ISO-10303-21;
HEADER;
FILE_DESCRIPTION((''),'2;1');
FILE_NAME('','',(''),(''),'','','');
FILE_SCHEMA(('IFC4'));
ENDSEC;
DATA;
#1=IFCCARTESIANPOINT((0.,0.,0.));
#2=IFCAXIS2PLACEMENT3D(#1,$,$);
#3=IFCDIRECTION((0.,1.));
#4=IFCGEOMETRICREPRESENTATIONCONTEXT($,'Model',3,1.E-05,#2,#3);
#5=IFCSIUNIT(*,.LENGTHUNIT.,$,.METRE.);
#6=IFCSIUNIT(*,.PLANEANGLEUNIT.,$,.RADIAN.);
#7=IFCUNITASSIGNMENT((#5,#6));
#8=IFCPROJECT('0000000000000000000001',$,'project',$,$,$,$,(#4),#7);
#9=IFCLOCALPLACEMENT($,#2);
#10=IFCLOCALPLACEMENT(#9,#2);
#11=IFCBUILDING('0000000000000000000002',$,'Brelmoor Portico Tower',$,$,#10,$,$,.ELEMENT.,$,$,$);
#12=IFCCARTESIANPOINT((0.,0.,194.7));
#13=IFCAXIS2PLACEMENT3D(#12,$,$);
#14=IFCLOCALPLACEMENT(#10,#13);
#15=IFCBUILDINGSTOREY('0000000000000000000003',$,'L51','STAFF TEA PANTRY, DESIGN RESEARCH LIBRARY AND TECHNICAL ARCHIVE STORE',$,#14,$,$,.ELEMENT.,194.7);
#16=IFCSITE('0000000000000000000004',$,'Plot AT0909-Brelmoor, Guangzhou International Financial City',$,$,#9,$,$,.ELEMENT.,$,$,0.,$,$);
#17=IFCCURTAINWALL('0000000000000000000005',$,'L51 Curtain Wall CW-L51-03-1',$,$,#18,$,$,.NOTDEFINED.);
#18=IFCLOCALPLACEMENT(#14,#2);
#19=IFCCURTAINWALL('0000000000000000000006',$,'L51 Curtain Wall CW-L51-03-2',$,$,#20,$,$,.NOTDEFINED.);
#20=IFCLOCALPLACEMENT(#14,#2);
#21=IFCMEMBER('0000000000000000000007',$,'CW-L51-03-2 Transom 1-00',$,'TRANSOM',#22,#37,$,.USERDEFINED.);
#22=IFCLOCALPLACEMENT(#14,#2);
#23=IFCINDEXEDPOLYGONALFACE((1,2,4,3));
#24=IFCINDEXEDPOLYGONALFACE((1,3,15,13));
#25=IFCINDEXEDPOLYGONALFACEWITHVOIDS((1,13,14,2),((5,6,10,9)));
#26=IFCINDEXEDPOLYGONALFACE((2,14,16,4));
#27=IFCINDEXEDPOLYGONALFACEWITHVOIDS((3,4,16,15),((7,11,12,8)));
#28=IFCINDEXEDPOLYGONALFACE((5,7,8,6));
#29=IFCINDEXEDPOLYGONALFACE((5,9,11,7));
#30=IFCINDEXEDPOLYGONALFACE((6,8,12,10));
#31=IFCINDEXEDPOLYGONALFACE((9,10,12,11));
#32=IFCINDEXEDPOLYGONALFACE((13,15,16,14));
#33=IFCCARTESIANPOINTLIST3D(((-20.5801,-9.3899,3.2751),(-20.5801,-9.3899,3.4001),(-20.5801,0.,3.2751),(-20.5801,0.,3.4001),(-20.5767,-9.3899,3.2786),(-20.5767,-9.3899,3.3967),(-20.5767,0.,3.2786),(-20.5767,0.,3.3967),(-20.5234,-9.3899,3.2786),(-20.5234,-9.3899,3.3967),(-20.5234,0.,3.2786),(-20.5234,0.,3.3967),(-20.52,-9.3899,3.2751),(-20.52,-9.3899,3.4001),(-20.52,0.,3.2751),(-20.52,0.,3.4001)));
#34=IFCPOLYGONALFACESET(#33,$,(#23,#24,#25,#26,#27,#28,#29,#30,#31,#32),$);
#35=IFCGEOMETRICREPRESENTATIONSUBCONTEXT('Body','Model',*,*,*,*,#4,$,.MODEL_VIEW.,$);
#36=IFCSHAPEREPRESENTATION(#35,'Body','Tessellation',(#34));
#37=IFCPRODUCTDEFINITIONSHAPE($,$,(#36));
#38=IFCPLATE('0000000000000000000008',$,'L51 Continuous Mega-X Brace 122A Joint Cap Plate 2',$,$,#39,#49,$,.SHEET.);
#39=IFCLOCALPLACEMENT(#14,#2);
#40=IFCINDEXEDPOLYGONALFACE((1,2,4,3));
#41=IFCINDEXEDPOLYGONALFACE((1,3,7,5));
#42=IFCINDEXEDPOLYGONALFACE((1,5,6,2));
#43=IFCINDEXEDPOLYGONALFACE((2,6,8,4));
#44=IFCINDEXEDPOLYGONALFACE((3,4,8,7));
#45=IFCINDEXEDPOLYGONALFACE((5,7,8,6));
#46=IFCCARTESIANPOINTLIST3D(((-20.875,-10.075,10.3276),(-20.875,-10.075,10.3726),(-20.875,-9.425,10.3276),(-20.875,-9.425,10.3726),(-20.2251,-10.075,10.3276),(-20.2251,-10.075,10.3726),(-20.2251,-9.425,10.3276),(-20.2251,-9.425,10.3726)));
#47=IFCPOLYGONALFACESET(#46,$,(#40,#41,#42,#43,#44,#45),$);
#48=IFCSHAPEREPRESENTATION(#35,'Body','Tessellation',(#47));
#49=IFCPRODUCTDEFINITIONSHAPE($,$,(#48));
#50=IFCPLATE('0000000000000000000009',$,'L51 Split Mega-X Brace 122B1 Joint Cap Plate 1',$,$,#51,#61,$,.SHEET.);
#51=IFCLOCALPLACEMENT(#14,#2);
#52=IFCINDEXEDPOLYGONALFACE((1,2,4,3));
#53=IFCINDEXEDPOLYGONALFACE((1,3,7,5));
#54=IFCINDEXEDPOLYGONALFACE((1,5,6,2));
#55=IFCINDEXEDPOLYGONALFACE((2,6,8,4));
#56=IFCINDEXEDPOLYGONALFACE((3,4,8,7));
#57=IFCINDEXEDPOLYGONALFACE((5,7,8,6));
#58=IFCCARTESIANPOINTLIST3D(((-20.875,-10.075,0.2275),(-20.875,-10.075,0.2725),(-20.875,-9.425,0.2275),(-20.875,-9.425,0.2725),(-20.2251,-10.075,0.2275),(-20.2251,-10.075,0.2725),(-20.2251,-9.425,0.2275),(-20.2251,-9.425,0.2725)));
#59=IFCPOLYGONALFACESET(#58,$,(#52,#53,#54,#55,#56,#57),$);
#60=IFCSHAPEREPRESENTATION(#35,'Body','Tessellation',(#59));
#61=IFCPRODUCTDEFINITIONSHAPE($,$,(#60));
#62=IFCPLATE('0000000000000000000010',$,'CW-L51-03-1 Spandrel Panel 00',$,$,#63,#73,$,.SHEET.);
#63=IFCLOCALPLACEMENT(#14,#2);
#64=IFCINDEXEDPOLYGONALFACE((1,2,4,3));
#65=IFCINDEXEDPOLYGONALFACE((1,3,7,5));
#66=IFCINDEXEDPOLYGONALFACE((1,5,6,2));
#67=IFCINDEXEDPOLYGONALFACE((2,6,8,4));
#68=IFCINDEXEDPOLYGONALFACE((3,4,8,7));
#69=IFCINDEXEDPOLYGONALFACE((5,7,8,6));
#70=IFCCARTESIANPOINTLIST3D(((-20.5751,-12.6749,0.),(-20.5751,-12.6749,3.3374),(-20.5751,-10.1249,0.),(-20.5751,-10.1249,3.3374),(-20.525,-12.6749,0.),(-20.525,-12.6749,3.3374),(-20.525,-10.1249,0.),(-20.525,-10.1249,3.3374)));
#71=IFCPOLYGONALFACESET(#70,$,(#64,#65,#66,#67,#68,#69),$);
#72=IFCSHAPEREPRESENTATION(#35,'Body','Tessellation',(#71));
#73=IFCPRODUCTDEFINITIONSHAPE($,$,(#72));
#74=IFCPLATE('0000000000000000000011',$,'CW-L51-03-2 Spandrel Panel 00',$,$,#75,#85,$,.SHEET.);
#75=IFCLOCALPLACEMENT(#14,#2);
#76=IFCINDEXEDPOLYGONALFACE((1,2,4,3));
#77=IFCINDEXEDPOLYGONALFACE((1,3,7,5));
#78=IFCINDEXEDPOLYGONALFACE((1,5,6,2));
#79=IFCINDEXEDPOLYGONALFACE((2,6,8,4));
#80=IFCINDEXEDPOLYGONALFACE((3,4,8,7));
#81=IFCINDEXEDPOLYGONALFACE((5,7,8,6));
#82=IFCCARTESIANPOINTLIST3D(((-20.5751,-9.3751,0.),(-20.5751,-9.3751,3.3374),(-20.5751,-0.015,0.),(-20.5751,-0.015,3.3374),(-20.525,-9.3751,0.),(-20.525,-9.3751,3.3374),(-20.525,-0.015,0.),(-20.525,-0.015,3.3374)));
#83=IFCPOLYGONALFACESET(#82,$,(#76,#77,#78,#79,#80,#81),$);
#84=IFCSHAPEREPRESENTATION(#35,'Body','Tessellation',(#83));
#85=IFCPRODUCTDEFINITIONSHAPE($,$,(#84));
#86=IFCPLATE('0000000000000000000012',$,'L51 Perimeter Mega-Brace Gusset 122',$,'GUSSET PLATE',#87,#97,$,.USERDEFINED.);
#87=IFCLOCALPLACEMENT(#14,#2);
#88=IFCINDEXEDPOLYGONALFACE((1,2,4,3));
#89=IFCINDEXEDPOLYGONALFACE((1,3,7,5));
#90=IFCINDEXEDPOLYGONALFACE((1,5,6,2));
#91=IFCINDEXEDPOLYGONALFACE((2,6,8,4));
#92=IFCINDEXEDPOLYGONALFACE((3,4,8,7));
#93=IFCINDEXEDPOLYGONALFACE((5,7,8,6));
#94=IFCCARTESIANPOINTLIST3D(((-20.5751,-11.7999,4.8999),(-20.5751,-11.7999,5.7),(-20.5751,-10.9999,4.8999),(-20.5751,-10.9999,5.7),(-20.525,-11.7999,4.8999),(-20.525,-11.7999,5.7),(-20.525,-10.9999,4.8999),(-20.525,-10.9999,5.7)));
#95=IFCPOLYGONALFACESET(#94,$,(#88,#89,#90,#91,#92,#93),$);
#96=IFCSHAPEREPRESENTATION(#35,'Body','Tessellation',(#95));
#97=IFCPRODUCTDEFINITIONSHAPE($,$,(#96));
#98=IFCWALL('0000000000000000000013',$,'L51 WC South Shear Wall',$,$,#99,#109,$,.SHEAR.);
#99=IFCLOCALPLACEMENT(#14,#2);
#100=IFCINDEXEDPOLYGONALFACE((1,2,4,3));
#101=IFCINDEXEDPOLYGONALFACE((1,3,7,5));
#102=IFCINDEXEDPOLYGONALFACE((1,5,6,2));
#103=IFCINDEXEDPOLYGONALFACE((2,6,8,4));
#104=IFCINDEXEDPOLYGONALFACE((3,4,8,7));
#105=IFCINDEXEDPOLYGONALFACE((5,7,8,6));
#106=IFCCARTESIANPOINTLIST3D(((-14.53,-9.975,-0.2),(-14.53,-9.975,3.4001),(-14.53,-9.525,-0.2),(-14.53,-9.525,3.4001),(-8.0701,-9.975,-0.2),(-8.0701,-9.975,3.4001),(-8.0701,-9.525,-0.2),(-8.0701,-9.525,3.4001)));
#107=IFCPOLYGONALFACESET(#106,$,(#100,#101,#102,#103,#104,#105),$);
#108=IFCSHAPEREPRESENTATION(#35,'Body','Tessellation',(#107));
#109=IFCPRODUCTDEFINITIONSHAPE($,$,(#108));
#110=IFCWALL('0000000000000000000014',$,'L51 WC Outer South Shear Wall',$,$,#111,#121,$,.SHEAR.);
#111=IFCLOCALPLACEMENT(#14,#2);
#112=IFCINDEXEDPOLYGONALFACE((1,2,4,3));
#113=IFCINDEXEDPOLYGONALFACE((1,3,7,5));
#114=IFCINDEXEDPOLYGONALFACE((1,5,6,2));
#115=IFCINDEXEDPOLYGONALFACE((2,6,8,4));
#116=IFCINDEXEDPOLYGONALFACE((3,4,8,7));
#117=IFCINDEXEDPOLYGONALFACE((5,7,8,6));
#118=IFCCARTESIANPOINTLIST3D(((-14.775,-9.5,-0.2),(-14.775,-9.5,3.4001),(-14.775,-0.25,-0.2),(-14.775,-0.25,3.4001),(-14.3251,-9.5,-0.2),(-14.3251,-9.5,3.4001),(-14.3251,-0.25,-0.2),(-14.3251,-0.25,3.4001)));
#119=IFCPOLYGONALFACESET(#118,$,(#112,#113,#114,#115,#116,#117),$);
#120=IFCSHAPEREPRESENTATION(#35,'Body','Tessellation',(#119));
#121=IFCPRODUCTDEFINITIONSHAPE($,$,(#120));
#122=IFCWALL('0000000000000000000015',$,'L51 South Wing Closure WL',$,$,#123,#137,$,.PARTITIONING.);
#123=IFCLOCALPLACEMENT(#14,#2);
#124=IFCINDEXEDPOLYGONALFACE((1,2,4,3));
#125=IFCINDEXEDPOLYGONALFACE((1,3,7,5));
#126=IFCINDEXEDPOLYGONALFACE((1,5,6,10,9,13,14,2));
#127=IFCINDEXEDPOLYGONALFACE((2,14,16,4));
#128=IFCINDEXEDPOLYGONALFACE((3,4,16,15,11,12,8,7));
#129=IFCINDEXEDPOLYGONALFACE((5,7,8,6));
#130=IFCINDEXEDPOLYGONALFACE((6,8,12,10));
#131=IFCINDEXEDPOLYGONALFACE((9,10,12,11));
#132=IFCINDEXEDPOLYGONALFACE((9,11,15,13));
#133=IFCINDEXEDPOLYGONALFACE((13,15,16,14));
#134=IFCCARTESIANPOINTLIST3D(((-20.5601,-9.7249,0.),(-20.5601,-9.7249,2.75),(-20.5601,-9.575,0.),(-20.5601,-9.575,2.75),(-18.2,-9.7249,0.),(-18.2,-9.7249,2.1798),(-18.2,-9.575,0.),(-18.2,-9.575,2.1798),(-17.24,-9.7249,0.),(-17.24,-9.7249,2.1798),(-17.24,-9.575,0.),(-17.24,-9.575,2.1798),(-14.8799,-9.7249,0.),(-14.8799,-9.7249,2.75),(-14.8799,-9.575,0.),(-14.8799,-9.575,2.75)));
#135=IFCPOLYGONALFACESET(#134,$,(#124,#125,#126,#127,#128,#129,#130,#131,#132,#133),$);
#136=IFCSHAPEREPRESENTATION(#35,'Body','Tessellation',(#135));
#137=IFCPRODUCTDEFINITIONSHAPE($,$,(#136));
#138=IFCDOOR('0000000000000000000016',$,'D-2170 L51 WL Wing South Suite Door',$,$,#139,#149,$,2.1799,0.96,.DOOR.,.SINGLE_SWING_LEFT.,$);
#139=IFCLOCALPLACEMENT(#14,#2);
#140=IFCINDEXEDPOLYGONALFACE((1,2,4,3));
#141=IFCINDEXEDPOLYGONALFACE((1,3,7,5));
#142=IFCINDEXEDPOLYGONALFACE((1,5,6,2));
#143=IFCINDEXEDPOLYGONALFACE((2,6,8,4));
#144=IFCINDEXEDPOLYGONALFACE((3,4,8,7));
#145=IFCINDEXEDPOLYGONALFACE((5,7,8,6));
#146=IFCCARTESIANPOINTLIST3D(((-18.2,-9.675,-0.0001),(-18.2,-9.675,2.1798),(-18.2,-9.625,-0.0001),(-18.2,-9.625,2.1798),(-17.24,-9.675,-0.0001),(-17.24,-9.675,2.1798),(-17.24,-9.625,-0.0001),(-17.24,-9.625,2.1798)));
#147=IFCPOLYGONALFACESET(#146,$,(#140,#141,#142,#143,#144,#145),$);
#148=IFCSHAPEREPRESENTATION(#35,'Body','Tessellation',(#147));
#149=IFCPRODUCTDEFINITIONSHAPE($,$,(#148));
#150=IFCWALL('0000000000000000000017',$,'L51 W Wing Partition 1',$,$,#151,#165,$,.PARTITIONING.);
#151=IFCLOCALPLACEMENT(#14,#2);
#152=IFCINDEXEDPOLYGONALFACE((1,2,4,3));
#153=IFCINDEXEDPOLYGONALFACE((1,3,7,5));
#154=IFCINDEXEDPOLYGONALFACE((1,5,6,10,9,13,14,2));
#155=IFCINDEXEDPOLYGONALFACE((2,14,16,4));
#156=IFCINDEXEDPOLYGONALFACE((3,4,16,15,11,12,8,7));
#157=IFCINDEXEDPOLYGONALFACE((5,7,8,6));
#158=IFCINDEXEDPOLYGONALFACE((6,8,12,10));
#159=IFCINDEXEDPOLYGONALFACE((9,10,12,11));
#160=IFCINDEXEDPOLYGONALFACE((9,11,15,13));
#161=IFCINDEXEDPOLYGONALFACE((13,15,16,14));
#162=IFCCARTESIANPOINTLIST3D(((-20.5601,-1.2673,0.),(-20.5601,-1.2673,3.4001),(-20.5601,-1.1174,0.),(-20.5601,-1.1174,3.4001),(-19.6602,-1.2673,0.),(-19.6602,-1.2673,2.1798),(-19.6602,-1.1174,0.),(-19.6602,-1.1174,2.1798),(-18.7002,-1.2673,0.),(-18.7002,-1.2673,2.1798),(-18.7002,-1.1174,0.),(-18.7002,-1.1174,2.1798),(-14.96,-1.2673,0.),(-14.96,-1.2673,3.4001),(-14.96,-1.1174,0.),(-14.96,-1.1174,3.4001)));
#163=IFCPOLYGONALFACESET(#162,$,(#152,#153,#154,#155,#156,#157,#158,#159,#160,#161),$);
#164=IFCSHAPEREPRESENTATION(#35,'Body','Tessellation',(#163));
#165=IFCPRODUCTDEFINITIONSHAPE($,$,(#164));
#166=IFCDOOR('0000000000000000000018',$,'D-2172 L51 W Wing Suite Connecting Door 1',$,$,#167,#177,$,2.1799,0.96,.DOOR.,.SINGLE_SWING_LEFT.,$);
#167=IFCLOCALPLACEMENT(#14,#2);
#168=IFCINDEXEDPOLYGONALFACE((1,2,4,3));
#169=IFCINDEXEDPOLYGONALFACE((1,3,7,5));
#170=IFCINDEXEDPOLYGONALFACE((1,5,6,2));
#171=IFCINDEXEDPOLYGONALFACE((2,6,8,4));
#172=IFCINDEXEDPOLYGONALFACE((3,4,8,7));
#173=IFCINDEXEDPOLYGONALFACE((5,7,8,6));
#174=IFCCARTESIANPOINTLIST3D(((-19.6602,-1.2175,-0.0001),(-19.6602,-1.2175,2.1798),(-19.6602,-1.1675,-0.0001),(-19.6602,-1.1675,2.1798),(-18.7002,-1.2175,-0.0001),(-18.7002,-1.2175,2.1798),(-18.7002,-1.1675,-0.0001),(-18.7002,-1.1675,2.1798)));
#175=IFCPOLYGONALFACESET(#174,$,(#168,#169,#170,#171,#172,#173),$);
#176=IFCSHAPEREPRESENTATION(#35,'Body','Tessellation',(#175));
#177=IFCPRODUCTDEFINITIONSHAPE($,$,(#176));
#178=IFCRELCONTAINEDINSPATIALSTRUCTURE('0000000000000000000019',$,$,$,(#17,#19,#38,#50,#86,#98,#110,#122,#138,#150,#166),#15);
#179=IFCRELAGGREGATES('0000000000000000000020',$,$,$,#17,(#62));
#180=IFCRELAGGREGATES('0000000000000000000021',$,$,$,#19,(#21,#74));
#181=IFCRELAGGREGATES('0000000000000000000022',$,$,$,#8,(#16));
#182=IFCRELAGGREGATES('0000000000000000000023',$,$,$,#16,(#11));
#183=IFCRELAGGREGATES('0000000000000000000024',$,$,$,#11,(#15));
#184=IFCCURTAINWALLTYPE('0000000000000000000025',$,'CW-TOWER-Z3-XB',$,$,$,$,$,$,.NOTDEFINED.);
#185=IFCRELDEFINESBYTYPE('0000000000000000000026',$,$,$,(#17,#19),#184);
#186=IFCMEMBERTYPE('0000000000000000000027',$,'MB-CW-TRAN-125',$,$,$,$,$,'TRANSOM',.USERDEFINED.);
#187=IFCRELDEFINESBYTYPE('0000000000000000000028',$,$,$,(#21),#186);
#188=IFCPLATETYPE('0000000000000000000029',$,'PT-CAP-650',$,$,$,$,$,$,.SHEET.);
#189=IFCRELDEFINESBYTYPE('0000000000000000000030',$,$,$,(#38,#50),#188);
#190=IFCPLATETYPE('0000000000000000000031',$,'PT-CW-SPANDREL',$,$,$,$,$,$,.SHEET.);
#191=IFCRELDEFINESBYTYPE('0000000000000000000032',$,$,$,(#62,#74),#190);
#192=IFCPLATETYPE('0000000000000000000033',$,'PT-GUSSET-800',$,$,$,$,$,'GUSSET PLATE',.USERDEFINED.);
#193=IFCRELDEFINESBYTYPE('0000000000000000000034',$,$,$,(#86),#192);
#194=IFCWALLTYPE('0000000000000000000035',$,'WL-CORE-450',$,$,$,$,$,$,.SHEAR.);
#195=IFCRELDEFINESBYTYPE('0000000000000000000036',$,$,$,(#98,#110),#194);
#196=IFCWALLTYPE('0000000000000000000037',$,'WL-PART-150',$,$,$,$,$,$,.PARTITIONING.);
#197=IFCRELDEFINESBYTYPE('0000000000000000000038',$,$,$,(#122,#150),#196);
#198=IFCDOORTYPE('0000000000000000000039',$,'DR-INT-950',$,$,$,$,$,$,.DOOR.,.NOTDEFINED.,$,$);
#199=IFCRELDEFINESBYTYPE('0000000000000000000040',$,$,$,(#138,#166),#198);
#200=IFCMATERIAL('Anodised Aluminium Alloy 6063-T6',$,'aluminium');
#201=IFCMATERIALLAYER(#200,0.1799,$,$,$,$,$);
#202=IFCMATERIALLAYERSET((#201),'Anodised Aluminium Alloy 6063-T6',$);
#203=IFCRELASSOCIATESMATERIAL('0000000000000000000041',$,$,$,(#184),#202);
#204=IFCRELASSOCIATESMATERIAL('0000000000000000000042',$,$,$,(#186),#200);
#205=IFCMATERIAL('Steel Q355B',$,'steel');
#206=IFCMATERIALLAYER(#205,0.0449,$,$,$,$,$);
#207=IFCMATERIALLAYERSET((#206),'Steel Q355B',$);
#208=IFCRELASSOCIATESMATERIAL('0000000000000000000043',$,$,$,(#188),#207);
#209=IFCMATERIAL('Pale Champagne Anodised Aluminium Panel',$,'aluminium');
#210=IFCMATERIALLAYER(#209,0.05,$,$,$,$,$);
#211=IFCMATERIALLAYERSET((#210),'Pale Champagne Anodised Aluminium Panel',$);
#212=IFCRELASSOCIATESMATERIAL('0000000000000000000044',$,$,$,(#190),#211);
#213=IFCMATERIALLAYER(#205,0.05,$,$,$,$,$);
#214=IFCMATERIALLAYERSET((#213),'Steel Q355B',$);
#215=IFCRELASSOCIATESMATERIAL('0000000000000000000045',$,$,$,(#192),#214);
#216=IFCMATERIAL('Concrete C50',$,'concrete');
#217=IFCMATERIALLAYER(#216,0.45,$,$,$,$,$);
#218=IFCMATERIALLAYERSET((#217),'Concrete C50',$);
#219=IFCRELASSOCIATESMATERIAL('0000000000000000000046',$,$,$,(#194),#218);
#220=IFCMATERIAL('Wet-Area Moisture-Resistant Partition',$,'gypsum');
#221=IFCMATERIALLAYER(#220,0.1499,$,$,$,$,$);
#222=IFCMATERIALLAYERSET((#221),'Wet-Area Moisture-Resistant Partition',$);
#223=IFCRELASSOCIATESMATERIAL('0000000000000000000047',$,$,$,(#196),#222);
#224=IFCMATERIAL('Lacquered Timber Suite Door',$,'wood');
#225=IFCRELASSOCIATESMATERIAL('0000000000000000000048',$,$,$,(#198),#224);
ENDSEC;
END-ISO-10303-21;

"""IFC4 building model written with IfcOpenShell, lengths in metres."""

from ifc_helpers import new_model, si_unit, direction, frame, frame_2d, origin, origin_2d, place, context, subcontext, project, spatial, rectangle, hollow_rectangle, extrude, material, layer, layer_set, material_profile, profile_set, type_object, element, fill, aggregate, save


model = new_model("IFC4")

# Units and contexts
model_context = context("Model", 3, precision=1e-05, world=origin(), true_north=direction((0.0, 1.0)))
body_context = subcontext(model_context, "Body", "Model", "MODEL_VIEW")
ifc_project = project(units=[si_unit("LENGTHUNIT", "METRE"), si_unit("PLANEANGLEUNIT", "RADIAN")], contexts=[model_context])

# Site, building, storey
site_placement = place(None, origin())
site = spatial("IfcSite", under=ifc_project, at=site_placement, Name="Plot AT0909-Brelmoor, Guangzhou International Financial City", CompositionType="ELEMENT", RefElevation=0.0)
building_placement = place(site_placement, origin())
building = spatial("IfcBuilding", under=site, at=building_placement, Name="Brelmoor Portico Tower", CompositionType="ELEMENT")
storey_placement = place(building_placement, frame((0.0, 0.0, 194.7)))
storey = spatial("IfcBuildingStorey", under=building, at=storey_placement, Name="L51", Description="STAFF TEA PANTRY, DESIGN RESEARCH LIBRARY AND TECHNICAL ARCHIVE STORE", CompositionType="ELEMENT", Elevation=194.7)

# Shared definitions
ifc_material_1 = material(Name="Steel Q355B", Category="steel")

# Curtain wall
ifc_material_2 = material(Name="Anodised Aluminium Alloy 6063-T6", Category="aluminium")
ifc_layer_1 = layer(ifc_material_2, 0.1799)
ifc_layer_set_1 = layer_set([ifc_layer_1], Name="Anodised Aluminium Alloy 6063-T6")
curtain_wall_type = type_object("IfcCurtainWallType", Name="CW-TOWER-Z3-XB", PredefinedType="NOTDEFINED", material=ifc_layer_set_1)
curtain_wall_1_placement = place(storey_placement, origin())
curtain_wall_1 = element("IfcCurtainWall", 1, at=curtain_wall_1_placement, inside=storey, type_object=curtain_wall_type, Name="L51 Curtain Wall CW-L51-03-1", PredefinedType="NOTDEFINED")

# Curtain wall, member
curtain_wall_2_placement = place(storey_placement, origin())
curtain_wall_2 = element("IfcCurtainWall", 2, at=curtain_wall_2_placement, inside=storey, type_object=curtain_wall_type, Name="L51 Curtain Wall CW-L51-03-2", PredefinedType="NOTDEFINED")
ifc_material_profile_1 = material_profile(ifc_material_2, hollow_rectangle(XDim=0.0601, YDim=0.125, WallThickness=0.0034, at=origin_2d()), Name="ALU TRANSOM 60x125")
ifc_profile_set_1 = profile_set([ifc_material_profile_1], Name="Anodised Aluminium Alloy 6063-T6")
member_type_1 = type_object("IfcMemberType", Name="MB-CW-TRAN-125", ElementType="TRANSOM", PredefinedType="USERDEFINED", material=ifc_profile_set_1)
member_1_placement = place(storey_placement, frame((-20.55, -9.3899, 3.3376), z_axis=(0.0, 1.0, 0.0), x_axis=(-1.0, 0.0, 0.0)))
member_1 = element("IfcMember", 3, at=member_1_placement, type_object=member_type_1, Name="CW-L51-03-2 Transom 1-00", ObjectType="TRANSOM", PredefinedType="USERDEFINED", context=body_context, shape_type="SweptSolid", body=[
    extrude(hollow_rectangle(XDim=0.0601, YDim=0.125, WallThickness=0.0034, at=origin_2d()), origin(), (0.0, 0.0, 1.0), 9.3899),
])

# Plates
ifc_layer_2 = layer(ifc_material_1, 0.0449)
ifc_layer_set_2 = layer_set([ifc_layer_2], Name="Steel Q355B")
plate_type_1 = type_object("IfcPlateType", Name="PT-CAP-650", PredefinedType="SHEET", material=ifc_layer_set_2)
for number, where, z_axis, x_axis, name in (
    (4, (-20.55, -9.75, 10.3276), (0.0, 0.0, 1.0), (1.0, 0.0, 0.0), "L51 Continuous Mega-X Brace 122A Joint Cap Plate 2"),
    (5, (-20.55, -9.75, 0.2275), (0.0, 0.0, 1.0), (1.0, 0.0, 0.0), "L51 Split Mega-X Brace 122B1 Joint Cap Plate 1"),
):
    element("IfcPlate", number, at=place(storey_placement, frame(where, z_axis=z_axis, x_axis=x_axis)), inside=storey, type_object=plate_type_1, Name=name, PredefinedType="SHEET", context=body_context, shape_type="SweptSolid", body=[
        extrude(rectangle(XDim=0.6499, YDim=0.6499, at=origin_2d()), origin(), (0.0, 0.0, 1.0), 0.0449),
    ])

# Plates
ifc_material_3 = material(Name="Pale Champagne Anodised Aluminium Panel", Category="aluminium")
ifc_layer_3 = layer(ifc_material_3, 0.05)
ifc_layer_set_3 = layer_set([ifc_layer_3], Name="Pale Champagne Anodised Aluminium Panel")
plate_type_2 = type_object("IfcPlateType", Name="PT-CW-SPANDREL", PredefinedType="SHEET", material=ifc_layer_set_3)
plate_1_placement = place(storey_placement, frame((-20.55, -11.3999, 0.0), z_axis=(0.0, 0.0, 1.0), x_axis=(0.0, 1.0, 0.0)))
plate_1 = element("IfcPlate", 6, at=plate_1_placement, type_object=plate_type_2, Name="CW-L51-03-1 Spandrel Panel 00", PredefinedType="SHEET", context=body_context, shape_type="SweptSolid", body=[
    extrude(rectangle(XDim=2.55, YDim=0.05, at=origin_2d()), origin(), (0.0, 0.0, 1.0), 3.3374),
])
aggregate(curtain_wall_1, [plate_1])
plate_2_placement = place(storey_placement, frame((-20.55, -4.6951, 0.0), z_axis=(0.0, 0.0, 1.0), x_axis=(0.0, 1.0, 0.0)))
plate_2 = element("IfcPlate", 7, at=plate_2_placement, type_object=plate_type_2, Name="CW-L51-03-2 Spandrel Panel 00", PredefinedType="SHEET", context=body_context, shape_type="SweptSolid", body=[
    extrude(rectangle(XDim=9.3601, YDim=0.05, at=origin_2d()), origin(), (0.0, 0.0, 1.0), 3.3374),
])
aggregate(curtain_wall_2, [member_1, plate_2])
ifc_layer_4 = layer(ifc_material_1, 0.05)
ifc_layer_set_4 = layer_set([ifc_layer_4], Name="Steel Q355B")
plate_type_3 = type_object("IfcPlateType", Name="PT-GUSSET-800", ElementType="GUSSET PLATE", PredefinedType="USERDEFINED", material=ifc_layer_set_4)
plate_3_placement = place(storey_placement, frame((-20.55, -11.3999, 4.8999), z_axis=(0.0, 0.0, 1.0), x_axis=(1.0, 0.0, 0.0)))
element("IfcPlate", 8, at=plate_3_placement, inside=storey, type_object=plate_type_3, Name="L51 Perimeter Mega-Brace Gusset 122", ObjectType="GUSSET PLATE", PredefinedType="USERDEFINED", context=body_context, shape_type="SweptSolid", body=[
    extrude(rectangle(XDim=0.05, YDim=0.8, at=origin_2d()), origin(), (0.0, 0.0, 1.0), 0.8),
])

# Walls
ifc_material_4 = material(Name="Concrete C50", Category="concrete")
ifc_layer_5 = layer(ifc_material_4, 0.45)
ifc_layer_set_5 = layer_set([ifc_layer_5], Name="Concrete C50")
wall_type_1 = type_object("IfcWallType", Name="WL-CORE-450", PredefinedType="SHEAR", material=ifc_layer_set_5)
wall_1_placement = place(storey_placement, frame((-14.53, -9.75, -0.2), z_axis=(0.0, 0.0, 1.0), x_axis=(1.0, 0.0, 0.0)))
element("IfcWall", 9, at=wall_1_placement, inside=storey, type_object=wall_type_1, Name="L51 WC South Shear Wall", PredefinedType="SHEAR", context=body_context, shape_type="SweptSolid", body=[
    extrude(rectangle(XDim=6.46, YDim=0.45, at=frame_2d((3.23, 0.0))), origin(), (0.0, 0.0, 1.0), 3.6001),
])
wall_2_placement = place(storey_placement, frame((-14.55, -9.5, -0.2), z_axis=(0.0, 0.0, 1.0), x_axis=(0.0, 1.0, 0.0)))
element("IfcWall", 10, at=wall_2_placement, inside=storey, type_object=wall_type_1, Name="L51 WC Outer South Shear Wall", PredefinedType="SHEAR", context=body_context, shape_type="SweptSolid", body=[
    extrude(rectangle(XDim=9.25, YDim=0.45, at=frame_2d((4.625, 0.0))), origin(), (0.0, 0.0, 1.0), 3.6001),
])

# Walls, openings, doors
ifc_material_5 = material(Name="Wet-Area Moisture-Resistant Partition", Category="gypsum")
ifc_layer_6 = layer(ifc_material_5, 0.1499)
ifc_layer_set_6 = layer_set([ifc_layer_6], Name="Wet-Area Moisture-Resistant Partition")
wall_type_2 = type_object("IfcWallType", Name="WL-PART-150", PredefinedType="PARTITIONING", material=ifc_layer_set_6)
wall_3_placement = place(storey_placement, frame((-20.5601, -9.6499, 0.0), z_axis=(0.0, 0.0, 1.0), x_axis=(1.0, 0.0, 0.0)))
wall_3 = element("IfcWall", 11, at=wall_3_placement, inside=storey, type_object=wall_type_2, Name="L51 South Wing Closure WL", PredefinedType="PARTITIONING", context=body_context, shape_type="SweptSolid", body=[
    extrude(rectangle(XDim=5.6802, YDim=0.1499, at=frame_2d((2.8401, 0.0))), origin(), (0.0, 0.0, 1.0), 2.75),
])
opening_1_placement = place(wall_3_placement, frame((2.3601, 0.0, 0.0)))
opening_1 = element("IfcOpeningElement", 12, at=opening_1_placement, cuts=wall_3, PredefinedType="OPENING", context=body_context, shape_type="SweptSolid", body=[
    extrude(rectangle(XDim=0.96, YDim=2.1799, at=frame_2d((0.48, 1.0898))), frame((0.0, 0.085, 0.0), z_axis=(0.0, -1.0, 0.0), x_axis=(1.0, 0.0, 0.0)), (0.0, 0.0, 1.0), 0.1699),
])
ifc_material_6 = material(Name="Lacquered Timber Suite Door", Category="wood")
door_type = type_object("IfcDoorType", Name="DR-INT-950", OperationType="NOTDEFINED", PredefinedType="DOOR", material=ifc_material_6)
door_1_placement = place(opening_1_placement, origin())
door_1 = element("IfcDoor", 13, at=door_1_placement, inside=storey, type_object=door_type, Name="D-2170 L51 WL Wing South Suite Door", OperationType="SINGLE_SWING_LEFT", OverallHeight=2.1799, OverallWidth=0.96, PredefinedType="DOOR", context=body_context, shape_type="SweptSolid", body=[
    extrude(rectangle(XDim=0.96, YDim=2.1799, at=frame_2d((0.48, 1.0898))), frame((0.0, 0.0249, 0.0), z_axis=(0.0, -1.0, 0.0), x_axis=(1.0, 0.0, 0.0)), (0.0, 0.0, 1.0), 0.05),
])
fill(opening_1, door_1)
wall_4_placement = place(storey_placement, frame((-20.5601, -1.1924, 0.0), z_axis=(0.0, 0.0, 1.0), x_axis=(1.0, 0.0, 0.0)))
wall_4 = element("IfcWall", 14, at=wall_4_placement, inside=storey, type_object=wall_type_2, Name="L51 W Wing Partition 1", PredefinedType="PARTITIONING", context=body_context, shape_type="SweptSolid", body=[
    extrude(rectangle(XDim=5.6001, YDim=0.1499, at=frame_2d((2.8, 0.0))), origin(), (0.0, 0.0, 1.0), 3.4001),
])
opening_2_placement = place(wall_4_placement, frame((0.8999, 0.0, 0.0)))
opening_2 = element("IfcOpeningElement", 15, at=opening_2_placement, cuts=wall_4, PredefinedType="OPENING", context=body_context, shape_type="SweptSolid", body=[
    extrude(rectangle(XDim=0.96, YDim=2.1799, at=frame_2d((0.48, 1.0898))), frame((0.0, 0.085, 0.0), z_axis=(0.0, -1.0, 0.0), x_axis=(1.0, 0.0, 0.0)), (0.0, 0.0, 1.0), 0.1699),
])
door_2_placement = place(opening_2_placement, origin())
door_2 = element("IfcDoor", 16, at=door_2_placement, inside=storey, type_object=door_type, Name="D-2172 L51 W Wing Suite Connecting Door 1", OperationType="SINGLE_SWING_LEFT", OverallHeight=2.1799, OverallWidth=0.96, PredefinedType="DOOR", context=body_context, shape_type="SweptSolid", body=[
    extrude(rectangle(XDim=0.96, YDim=2.1799, at=frame_2d((0.48, 1.0898))), frame((0.0, 0.0249, 0.0), z_axis=(0.0, -1.0, 0.0), x_axis=(1.0, 0.0, 0.0)), (0.0, 0.0, 1.0), 0.05),
])
fill(opening_2, door_2)

save(model, "model.ifc")
